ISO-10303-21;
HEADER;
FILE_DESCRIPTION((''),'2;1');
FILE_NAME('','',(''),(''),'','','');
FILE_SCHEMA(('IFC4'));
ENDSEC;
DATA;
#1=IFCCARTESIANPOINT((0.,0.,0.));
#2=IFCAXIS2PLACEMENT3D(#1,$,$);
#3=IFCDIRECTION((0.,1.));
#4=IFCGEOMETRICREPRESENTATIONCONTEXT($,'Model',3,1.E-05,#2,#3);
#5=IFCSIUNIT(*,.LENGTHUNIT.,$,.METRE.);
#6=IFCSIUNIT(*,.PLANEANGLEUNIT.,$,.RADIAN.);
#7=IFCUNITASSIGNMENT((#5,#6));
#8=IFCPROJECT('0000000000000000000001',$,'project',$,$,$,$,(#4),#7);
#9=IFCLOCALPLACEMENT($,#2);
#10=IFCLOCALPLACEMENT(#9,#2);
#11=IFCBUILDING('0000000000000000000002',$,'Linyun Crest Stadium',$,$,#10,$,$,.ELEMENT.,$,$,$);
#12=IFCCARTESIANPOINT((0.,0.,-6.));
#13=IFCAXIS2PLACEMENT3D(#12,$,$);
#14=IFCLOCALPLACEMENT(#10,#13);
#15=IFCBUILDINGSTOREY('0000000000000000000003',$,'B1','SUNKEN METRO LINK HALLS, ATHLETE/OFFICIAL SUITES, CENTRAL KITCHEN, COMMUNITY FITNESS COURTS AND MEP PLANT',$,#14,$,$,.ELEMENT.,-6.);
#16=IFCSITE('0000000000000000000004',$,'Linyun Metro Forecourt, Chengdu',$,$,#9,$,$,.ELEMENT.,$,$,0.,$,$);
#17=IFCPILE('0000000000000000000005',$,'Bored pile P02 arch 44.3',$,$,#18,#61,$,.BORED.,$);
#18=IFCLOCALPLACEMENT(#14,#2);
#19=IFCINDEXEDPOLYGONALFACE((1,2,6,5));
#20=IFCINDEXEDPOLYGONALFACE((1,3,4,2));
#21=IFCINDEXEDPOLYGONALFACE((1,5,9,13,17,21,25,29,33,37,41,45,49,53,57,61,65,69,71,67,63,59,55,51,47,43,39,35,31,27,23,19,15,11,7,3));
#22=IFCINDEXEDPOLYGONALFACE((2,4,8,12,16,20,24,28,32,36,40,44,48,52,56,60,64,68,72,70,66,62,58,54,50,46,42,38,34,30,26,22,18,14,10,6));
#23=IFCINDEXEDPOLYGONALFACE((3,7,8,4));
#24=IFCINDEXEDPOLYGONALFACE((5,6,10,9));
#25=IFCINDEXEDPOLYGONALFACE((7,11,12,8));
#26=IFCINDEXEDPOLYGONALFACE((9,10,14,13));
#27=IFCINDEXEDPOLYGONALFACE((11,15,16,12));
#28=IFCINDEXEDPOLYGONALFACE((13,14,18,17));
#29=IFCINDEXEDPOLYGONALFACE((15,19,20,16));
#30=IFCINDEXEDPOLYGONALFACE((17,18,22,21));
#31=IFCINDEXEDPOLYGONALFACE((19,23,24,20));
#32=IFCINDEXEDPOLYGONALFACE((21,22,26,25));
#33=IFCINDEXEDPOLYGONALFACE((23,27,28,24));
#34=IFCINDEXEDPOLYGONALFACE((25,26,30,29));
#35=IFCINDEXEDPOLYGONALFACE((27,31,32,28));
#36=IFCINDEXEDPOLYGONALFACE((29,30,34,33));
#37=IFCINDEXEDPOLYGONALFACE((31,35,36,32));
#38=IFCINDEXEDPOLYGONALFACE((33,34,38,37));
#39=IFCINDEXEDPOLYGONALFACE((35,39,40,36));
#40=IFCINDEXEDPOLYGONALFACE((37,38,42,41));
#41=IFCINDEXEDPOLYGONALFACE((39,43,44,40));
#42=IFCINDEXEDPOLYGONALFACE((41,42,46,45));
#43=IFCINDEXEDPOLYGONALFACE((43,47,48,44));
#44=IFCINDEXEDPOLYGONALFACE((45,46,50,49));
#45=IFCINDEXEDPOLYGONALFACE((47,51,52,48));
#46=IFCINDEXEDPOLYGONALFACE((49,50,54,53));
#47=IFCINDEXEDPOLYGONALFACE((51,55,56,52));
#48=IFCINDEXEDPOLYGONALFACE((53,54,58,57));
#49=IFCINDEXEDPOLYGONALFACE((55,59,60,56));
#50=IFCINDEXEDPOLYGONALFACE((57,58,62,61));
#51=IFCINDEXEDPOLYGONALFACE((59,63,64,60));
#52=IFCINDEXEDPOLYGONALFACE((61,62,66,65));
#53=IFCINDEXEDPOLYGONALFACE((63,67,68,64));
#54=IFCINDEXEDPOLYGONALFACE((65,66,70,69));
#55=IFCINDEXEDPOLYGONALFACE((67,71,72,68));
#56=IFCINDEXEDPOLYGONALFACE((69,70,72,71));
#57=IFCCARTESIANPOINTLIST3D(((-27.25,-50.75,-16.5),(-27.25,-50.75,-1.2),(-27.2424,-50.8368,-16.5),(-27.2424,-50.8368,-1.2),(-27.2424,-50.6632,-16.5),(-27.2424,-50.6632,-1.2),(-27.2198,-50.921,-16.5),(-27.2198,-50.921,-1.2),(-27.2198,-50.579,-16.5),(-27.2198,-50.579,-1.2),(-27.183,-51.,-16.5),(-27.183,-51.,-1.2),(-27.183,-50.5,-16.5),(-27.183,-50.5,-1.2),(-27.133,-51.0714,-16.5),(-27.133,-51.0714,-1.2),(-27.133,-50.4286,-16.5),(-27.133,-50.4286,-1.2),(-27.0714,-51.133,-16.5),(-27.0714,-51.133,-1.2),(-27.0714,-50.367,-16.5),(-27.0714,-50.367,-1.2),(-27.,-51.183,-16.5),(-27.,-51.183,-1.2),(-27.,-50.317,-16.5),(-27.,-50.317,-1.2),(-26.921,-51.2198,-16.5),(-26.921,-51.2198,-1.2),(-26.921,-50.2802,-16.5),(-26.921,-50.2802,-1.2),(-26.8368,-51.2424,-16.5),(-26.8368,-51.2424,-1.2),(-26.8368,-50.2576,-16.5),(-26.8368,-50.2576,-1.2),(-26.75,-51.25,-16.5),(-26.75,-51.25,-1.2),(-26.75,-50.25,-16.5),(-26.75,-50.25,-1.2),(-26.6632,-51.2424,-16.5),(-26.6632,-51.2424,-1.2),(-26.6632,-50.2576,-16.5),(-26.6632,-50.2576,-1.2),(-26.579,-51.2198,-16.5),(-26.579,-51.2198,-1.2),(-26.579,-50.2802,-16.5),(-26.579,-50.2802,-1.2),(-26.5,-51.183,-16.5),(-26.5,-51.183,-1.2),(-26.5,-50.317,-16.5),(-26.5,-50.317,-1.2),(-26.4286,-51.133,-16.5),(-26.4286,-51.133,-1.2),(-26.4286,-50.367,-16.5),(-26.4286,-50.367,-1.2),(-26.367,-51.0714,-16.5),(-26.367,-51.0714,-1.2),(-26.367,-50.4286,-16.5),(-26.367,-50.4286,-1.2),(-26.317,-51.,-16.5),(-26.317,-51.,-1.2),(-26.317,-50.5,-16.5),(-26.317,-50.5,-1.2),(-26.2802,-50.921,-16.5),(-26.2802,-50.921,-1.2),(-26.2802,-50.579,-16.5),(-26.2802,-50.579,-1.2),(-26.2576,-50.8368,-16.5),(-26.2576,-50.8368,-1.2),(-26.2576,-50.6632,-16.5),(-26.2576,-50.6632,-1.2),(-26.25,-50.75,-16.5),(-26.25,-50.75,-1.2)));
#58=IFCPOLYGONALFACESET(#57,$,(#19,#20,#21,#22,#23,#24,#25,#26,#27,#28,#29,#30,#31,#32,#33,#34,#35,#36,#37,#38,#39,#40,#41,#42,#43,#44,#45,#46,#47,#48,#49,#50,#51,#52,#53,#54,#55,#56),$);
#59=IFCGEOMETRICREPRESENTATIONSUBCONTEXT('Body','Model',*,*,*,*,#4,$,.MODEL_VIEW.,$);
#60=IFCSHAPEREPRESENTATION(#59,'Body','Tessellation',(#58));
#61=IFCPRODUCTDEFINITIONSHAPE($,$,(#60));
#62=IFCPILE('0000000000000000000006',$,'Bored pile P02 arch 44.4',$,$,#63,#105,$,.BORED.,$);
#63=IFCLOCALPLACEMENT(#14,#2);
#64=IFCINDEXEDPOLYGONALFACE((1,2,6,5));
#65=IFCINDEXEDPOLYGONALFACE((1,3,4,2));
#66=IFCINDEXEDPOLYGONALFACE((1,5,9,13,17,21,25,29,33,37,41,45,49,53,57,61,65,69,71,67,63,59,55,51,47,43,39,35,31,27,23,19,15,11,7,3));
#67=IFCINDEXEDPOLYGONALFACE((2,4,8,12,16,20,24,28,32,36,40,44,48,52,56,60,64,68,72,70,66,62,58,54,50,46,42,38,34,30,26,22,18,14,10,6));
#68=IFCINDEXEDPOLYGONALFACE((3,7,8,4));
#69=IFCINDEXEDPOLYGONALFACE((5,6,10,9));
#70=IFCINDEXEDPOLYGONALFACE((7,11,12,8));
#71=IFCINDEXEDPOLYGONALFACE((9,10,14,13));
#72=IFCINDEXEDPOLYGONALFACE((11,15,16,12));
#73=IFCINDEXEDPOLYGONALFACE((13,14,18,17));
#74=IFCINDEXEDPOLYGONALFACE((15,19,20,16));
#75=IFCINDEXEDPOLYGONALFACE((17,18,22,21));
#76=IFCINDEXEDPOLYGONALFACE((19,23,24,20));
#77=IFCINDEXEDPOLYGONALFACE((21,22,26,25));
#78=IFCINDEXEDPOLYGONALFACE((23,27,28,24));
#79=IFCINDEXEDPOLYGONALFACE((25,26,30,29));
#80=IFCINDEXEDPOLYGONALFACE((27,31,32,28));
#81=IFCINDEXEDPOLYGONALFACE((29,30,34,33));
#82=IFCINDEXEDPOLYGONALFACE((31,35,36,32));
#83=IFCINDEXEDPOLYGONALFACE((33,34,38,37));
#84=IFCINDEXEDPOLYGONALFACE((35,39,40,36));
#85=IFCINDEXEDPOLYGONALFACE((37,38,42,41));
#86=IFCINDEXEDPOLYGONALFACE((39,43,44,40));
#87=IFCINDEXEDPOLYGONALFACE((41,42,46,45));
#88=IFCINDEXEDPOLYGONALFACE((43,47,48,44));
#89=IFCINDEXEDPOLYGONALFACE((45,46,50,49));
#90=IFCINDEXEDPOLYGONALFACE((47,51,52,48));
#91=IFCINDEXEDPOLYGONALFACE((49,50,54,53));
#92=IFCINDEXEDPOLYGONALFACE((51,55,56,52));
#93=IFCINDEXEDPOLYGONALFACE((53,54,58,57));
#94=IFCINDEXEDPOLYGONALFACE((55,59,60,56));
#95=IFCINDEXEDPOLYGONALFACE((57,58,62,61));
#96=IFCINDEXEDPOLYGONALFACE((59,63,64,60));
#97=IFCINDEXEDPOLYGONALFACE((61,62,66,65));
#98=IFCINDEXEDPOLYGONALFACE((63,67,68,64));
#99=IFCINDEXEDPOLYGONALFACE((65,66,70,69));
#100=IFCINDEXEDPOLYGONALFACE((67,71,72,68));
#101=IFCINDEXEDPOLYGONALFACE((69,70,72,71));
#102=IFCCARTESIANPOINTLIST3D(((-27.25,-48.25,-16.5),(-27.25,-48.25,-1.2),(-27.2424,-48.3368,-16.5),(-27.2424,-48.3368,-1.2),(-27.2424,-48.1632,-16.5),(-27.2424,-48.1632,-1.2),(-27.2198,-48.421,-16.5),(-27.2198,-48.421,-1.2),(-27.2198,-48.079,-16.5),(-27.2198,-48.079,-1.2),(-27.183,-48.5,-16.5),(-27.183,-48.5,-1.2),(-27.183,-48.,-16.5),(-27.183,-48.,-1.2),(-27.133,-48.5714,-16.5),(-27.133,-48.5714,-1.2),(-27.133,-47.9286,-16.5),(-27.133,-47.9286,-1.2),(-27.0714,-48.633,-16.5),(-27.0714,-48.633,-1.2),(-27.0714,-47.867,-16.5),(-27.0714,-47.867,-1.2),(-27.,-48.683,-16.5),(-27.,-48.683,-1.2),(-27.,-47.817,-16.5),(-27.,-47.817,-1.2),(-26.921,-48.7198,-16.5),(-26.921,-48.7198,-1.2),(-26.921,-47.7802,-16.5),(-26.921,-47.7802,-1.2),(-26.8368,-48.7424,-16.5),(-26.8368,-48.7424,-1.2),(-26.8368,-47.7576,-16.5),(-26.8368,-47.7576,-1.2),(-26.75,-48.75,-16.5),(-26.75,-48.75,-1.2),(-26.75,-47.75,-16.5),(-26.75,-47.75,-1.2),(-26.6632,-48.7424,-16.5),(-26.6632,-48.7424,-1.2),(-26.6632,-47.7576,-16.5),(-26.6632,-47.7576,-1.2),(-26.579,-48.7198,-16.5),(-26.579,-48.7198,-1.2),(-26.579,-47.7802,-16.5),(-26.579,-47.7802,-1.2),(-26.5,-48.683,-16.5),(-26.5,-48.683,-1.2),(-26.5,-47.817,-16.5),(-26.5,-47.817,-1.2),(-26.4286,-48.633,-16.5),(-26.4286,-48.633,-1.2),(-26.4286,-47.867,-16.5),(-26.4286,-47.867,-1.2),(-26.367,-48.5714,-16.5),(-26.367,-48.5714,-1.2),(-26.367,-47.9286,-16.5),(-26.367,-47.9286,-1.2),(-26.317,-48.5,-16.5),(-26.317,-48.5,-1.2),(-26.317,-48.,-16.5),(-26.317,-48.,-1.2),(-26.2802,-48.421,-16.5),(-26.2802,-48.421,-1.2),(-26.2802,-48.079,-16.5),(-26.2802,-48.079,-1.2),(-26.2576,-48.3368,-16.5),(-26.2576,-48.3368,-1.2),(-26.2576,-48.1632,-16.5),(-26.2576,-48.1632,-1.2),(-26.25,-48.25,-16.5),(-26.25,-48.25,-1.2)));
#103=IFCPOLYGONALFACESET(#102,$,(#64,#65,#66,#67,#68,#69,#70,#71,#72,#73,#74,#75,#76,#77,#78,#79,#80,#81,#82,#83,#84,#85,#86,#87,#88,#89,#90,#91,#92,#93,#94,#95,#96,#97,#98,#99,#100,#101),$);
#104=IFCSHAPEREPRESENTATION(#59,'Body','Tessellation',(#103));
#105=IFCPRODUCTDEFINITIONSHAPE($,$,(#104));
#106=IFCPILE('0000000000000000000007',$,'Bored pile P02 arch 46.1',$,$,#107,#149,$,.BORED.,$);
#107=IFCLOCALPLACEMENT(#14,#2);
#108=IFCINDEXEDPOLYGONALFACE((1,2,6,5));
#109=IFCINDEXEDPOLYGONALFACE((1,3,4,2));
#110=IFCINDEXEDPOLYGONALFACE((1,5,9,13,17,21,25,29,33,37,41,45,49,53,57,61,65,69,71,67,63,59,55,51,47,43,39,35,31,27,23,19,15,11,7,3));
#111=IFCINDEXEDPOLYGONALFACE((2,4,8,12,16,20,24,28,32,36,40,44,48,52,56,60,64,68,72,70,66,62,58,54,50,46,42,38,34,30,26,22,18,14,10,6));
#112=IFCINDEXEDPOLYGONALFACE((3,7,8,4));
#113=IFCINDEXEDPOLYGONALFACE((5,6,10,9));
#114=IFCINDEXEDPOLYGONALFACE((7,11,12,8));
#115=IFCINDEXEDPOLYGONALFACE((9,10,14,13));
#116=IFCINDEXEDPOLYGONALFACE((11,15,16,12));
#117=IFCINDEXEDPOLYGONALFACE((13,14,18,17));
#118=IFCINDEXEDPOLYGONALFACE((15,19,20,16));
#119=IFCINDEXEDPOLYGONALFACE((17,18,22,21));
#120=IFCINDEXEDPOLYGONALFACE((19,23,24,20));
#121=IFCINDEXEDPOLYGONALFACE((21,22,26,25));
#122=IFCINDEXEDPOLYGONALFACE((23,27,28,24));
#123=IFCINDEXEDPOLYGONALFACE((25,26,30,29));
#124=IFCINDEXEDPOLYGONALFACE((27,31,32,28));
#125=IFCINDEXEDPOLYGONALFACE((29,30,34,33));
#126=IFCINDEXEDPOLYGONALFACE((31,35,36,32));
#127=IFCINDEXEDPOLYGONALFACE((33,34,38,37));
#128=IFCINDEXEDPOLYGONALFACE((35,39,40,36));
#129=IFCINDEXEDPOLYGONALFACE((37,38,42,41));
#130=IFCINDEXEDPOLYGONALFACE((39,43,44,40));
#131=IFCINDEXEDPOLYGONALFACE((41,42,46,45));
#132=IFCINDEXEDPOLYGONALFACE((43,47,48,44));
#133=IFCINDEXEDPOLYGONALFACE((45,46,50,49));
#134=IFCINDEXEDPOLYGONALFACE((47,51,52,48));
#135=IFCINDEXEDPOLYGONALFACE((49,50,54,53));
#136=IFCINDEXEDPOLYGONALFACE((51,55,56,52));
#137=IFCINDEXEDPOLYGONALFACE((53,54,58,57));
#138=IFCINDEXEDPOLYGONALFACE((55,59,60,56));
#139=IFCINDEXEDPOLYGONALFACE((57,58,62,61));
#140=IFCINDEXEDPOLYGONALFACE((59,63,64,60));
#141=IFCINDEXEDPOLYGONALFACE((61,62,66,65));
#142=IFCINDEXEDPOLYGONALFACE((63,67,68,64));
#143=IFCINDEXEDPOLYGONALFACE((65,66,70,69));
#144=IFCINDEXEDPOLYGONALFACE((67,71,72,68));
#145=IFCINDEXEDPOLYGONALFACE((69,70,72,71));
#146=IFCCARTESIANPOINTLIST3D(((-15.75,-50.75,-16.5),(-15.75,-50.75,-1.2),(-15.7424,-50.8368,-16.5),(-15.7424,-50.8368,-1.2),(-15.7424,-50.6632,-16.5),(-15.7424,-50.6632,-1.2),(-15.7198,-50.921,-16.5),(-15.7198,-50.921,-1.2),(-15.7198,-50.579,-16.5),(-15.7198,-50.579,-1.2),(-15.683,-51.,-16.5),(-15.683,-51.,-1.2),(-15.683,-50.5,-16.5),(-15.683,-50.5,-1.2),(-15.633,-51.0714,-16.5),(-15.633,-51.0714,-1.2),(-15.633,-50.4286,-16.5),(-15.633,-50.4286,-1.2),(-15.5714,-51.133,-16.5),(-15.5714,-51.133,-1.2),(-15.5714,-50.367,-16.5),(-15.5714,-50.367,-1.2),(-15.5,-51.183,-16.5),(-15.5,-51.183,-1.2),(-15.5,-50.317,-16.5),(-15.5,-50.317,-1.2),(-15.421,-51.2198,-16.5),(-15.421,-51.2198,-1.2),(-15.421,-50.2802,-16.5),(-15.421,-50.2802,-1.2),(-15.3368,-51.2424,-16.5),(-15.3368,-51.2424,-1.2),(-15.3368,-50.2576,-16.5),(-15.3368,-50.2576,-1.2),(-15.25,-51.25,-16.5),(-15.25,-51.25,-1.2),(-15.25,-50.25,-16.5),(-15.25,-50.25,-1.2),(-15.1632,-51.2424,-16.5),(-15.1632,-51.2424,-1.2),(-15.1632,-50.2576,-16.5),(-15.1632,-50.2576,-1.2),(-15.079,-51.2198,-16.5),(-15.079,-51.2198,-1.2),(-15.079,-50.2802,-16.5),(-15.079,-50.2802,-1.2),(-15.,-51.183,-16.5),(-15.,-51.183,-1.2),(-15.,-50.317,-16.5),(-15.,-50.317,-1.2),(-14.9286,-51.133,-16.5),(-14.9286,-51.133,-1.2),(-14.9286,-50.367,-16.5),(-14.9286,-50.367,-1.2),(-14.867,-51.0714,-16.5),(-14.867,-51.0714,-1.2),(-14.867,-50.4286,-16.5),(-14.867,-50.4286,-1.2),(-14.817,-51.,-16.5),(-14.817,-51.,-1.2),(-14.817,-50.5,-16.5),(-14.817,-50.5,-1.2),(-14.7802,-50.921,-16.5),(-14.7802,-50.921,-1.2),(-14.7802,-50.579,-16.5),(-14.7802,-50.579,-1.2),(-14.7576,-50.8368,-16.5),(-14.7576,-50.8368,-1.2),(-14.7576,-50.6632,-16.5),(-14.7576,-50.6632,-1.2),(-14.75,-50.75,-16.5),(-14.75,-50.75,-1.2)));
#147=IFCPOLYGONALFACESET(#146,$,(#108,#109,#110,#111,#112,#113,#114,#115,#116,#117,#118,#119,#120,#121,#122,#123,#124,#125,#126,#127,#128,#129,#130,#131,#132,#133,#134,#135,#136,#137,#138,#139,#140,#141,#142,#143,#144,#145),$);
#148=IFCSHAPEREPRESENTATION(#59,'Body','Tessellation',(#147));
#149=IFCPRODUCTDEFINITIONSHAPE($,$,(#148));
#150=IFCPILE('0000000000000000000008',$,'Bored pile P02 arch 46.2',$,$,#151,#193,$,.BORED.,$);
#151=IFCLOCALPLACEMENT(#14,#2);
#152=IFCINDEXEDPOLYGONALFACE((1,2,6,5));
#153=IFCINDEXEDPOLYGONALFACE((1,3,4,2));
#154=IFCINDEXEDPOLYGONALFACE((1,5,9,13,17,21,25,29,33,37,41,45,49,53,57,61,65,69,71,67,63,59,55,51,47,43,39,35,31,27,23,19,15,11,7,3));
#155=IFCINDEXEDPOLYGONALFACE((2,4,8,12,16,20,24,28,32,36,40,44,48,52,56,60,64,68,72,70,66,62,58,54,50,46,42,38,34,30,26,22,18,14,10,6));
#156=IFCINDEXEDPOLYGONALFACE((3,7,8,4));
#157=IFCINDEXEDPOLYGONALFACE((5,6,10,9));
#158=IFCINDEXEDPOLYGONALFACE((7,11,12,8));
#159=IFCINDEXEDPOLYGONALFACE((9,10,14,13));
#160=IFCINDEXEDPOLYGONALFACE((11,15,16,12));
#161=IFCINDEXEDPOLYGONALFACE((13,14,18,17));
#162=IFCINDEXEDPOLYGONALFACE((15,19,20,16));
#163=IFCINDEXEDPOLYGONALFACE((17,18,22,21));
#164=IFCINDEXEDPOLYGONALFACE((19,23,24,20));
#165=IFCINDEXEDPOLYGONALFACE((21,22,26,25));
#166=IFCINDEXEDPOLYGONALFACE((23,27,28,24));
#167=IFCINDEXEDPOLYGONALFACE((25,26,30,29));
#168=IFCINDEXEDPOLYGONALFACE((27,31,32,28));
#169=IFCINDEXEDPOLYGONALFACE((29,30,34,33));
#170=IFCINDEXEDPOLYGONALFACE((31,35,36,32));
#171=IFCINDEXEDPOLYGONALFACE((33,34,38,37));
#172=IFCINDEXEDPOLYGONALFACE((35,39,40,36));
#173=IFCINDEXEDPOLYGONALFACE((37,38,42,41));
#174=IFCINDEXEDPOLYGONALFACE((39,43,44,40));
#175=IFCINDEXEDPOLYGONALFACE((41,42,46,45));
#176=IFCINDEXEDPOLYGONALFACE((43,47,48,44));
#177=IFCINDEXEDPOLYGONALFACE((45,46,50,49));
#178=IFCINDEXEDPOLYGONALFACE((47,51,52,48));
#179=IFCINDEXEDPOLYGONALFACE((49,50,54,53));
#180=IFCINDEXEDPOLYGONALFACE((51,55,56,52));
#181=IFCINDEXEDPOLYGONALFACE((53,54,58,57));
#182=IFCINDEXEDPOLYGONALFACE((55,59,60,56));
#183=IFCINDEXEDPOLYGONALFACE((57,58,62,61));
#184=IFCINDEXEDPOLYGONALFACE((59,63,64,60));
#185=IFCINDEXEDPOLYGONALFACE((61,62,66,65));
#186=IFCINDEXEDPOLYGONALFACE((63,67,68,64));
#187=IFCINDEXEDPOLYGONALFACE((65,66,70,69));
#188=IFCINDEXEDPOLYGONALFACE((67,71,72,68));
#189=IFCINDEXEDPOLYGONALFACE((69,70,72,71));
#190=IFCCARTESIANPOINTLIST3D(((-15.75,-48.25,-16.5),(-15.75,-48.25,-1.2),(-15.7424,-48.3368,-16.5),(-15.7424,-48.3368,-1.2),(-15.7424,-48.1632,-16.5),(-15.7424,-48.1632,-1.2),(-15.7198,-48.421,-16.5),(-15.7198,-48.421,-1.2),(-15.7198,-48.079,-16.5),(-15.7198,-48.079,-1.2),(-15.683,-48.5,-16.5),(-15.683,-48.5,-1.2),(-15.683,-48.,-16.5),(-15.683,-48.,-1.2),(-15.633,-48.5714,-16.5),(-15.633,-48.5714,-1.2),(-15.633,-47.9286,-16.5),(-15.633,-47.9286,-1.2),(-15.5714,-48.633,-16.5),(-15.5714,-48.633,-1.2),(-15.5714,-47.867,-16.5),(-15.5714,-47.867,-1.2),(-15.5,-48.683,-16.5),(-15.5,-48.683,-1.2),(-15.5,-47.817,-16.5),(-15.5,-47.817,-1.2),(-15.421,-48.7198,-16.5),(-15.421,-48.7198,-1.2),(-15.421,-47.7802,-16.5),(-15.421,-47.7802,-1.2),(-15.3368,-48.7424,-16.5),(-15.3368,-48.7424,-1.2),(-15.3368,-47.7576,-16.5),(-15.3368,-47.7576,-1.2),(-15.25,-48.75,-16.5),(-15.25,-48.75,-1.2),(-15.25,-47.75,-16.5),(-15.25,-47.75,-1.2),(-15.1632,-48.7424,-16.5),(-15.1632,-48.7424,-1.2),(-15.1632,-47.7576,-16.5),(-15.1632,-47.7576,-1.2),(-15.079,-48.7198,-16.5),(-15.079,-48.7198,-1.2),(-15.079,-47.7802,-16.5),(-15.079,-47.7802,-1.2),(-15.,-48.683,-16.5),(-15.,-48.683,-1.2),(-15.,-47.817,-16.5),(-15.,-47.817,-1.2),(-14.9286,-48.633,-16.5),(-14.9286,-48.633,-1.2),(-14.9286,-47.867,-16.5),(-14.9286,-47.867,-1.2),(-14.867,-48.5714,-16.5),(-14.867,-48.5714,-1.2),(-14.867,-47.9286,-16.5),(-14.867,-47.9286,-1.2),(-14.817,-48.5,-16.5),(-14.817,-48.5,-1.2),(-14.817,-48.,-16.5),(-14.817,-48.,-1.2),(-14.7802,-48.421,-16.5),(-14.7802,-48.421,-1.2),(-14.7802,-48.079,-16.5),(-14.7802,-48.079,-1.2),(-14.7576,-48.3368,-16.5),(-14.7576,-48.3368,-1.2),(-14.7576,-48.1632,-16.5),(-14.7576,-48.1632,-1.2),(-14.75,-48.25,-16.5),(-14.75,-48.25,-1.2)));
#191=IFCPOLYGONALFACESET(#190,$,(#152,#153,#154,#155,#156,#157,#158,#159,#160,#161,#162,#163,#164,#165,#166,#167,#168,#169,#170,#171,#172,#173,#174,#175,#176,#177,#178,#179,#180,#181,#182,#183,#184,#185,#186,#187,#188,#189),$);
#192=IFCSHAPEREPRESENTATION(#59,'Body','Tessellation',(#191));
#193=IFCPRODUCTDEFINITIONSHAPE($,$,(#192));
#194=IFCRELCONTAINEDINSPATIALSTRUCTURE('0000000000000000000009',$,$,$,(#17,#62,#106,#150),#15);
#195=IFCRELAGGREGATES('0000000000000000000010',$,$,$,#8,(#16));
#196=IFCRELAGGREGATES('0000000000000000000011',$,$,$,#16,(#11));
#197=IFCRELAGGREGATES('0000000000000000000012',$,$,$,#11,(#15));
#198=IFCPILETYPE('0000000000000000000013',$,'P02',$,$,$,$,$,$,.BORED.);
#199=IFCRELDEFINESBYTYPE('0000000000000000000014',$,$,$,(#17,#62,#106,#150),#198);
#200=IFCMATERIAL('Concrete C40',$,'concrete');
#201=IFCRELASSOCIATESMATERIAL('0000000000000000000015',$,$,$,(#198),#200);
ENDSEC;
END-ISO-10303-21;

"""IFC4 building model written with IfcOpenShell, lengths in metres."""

from ifc_helpers import new_model, si_unit, direction, frame, origin, origin_2d, place, context, subcontext, project, spatial, circle, extrude, material, material_profile, profile_set, type_object, element, save


model = new_model("IFC4")

# Units and contexts
model_context = context("Model", 3, precision=1e-05, world=origin(), true_north=direction((0.0, 1.0)))
body_context = subcontext(model_context, "Body", "Model", "MODEL_VIEW")
ifc_project = project(units=[si_unit("LENGTHUNIT", "METRE"), si_unit("PLANEANGLEUNIT", "RADIAN")], contexts=[model_context])

# Site, building, storey
site_placement = place(None, origin())
site = spatial("IfcSite", under=ifc_project, at=site_placement, Name="Linyun Metro Forecourt, Chengdu", CompositionType="ELEMENT", RefElevation=0.0)
building_placement = place(site_placement, origin())
building = spatial("IfcBuilding", under=site, at=building_placement, Name="Linyun Crest Stadium", CompositionType="ELEMENT")
storey_placement = place(building_placement, frame((0.0, 0.0, -6.0)))
storey = spatial("IfcBuildingStorey", under=building, at=storey_placement, Name="B1", Description="SUNKEN METRO LINK HALLS, ATHLETE/OFFICIAL SUITES, CENTRAL KITCHEN, COMMUNITY FITNESS COURTS AND MEP PLANT", CompositionType="ELEMENT", Elevation=-6.0)

# Piles
ifc_material_1 = material(Name="Concrete C40", Category="concrete")
ifc_material_profile_1 = material_profile(ifc_material_1, circle(Radius=0.5, at=origin_2d()), Name="BORED PILE 1000")
ifc_profile_set_1 = profile_set([ifc_material_profile_1], Name="Concrete C40")
pile_type_1 = type_object("IfcPileType", Name="P02", PredefinedType="BORED", material=ifc_profile_set_1)
for number, where, z_axis, x_axis, name in (
    (1, (-26.75, -50.75, -1.2), (0.0, 0.0, -1.0), (1.0, 0.0, 0.0), "Bored pile P02 arch 44.3"),
    (2, (-26.75, -48.25, -1.2), (0.0, 0.0, -1.0), (1.0, 0.0, 0.0), "Bored pile P02 arch 44.4"),
    (3, (-15.25, -50.75, -1.2), (0.0, 0.0, -1.0), (1.0, 0.0, 0.0), "Bored pile P02 arch 46.1"),
    (4, (-15.25, -48.25, -1.2), (0.0, 0.0, -1.0), (1.0, 0.0, 0.0), "Bored pile P02 arch 46.2"),
):
    element("IfcPile", number, at=place(storey_placement, frame(where, z_axis=z_axis, x_axis=x_axis)), inside=storey, type_object=pile_type_1, Name=name, PredefinedType="BORED", context=body_context, shape_type="SweptSolid", body=[
        extrude(circle(Radius=0.5, at=origin_2d()), origin(), (0.0, 0.0, 1.0), 15.3),
    ])

save(model, "model.ifc")
